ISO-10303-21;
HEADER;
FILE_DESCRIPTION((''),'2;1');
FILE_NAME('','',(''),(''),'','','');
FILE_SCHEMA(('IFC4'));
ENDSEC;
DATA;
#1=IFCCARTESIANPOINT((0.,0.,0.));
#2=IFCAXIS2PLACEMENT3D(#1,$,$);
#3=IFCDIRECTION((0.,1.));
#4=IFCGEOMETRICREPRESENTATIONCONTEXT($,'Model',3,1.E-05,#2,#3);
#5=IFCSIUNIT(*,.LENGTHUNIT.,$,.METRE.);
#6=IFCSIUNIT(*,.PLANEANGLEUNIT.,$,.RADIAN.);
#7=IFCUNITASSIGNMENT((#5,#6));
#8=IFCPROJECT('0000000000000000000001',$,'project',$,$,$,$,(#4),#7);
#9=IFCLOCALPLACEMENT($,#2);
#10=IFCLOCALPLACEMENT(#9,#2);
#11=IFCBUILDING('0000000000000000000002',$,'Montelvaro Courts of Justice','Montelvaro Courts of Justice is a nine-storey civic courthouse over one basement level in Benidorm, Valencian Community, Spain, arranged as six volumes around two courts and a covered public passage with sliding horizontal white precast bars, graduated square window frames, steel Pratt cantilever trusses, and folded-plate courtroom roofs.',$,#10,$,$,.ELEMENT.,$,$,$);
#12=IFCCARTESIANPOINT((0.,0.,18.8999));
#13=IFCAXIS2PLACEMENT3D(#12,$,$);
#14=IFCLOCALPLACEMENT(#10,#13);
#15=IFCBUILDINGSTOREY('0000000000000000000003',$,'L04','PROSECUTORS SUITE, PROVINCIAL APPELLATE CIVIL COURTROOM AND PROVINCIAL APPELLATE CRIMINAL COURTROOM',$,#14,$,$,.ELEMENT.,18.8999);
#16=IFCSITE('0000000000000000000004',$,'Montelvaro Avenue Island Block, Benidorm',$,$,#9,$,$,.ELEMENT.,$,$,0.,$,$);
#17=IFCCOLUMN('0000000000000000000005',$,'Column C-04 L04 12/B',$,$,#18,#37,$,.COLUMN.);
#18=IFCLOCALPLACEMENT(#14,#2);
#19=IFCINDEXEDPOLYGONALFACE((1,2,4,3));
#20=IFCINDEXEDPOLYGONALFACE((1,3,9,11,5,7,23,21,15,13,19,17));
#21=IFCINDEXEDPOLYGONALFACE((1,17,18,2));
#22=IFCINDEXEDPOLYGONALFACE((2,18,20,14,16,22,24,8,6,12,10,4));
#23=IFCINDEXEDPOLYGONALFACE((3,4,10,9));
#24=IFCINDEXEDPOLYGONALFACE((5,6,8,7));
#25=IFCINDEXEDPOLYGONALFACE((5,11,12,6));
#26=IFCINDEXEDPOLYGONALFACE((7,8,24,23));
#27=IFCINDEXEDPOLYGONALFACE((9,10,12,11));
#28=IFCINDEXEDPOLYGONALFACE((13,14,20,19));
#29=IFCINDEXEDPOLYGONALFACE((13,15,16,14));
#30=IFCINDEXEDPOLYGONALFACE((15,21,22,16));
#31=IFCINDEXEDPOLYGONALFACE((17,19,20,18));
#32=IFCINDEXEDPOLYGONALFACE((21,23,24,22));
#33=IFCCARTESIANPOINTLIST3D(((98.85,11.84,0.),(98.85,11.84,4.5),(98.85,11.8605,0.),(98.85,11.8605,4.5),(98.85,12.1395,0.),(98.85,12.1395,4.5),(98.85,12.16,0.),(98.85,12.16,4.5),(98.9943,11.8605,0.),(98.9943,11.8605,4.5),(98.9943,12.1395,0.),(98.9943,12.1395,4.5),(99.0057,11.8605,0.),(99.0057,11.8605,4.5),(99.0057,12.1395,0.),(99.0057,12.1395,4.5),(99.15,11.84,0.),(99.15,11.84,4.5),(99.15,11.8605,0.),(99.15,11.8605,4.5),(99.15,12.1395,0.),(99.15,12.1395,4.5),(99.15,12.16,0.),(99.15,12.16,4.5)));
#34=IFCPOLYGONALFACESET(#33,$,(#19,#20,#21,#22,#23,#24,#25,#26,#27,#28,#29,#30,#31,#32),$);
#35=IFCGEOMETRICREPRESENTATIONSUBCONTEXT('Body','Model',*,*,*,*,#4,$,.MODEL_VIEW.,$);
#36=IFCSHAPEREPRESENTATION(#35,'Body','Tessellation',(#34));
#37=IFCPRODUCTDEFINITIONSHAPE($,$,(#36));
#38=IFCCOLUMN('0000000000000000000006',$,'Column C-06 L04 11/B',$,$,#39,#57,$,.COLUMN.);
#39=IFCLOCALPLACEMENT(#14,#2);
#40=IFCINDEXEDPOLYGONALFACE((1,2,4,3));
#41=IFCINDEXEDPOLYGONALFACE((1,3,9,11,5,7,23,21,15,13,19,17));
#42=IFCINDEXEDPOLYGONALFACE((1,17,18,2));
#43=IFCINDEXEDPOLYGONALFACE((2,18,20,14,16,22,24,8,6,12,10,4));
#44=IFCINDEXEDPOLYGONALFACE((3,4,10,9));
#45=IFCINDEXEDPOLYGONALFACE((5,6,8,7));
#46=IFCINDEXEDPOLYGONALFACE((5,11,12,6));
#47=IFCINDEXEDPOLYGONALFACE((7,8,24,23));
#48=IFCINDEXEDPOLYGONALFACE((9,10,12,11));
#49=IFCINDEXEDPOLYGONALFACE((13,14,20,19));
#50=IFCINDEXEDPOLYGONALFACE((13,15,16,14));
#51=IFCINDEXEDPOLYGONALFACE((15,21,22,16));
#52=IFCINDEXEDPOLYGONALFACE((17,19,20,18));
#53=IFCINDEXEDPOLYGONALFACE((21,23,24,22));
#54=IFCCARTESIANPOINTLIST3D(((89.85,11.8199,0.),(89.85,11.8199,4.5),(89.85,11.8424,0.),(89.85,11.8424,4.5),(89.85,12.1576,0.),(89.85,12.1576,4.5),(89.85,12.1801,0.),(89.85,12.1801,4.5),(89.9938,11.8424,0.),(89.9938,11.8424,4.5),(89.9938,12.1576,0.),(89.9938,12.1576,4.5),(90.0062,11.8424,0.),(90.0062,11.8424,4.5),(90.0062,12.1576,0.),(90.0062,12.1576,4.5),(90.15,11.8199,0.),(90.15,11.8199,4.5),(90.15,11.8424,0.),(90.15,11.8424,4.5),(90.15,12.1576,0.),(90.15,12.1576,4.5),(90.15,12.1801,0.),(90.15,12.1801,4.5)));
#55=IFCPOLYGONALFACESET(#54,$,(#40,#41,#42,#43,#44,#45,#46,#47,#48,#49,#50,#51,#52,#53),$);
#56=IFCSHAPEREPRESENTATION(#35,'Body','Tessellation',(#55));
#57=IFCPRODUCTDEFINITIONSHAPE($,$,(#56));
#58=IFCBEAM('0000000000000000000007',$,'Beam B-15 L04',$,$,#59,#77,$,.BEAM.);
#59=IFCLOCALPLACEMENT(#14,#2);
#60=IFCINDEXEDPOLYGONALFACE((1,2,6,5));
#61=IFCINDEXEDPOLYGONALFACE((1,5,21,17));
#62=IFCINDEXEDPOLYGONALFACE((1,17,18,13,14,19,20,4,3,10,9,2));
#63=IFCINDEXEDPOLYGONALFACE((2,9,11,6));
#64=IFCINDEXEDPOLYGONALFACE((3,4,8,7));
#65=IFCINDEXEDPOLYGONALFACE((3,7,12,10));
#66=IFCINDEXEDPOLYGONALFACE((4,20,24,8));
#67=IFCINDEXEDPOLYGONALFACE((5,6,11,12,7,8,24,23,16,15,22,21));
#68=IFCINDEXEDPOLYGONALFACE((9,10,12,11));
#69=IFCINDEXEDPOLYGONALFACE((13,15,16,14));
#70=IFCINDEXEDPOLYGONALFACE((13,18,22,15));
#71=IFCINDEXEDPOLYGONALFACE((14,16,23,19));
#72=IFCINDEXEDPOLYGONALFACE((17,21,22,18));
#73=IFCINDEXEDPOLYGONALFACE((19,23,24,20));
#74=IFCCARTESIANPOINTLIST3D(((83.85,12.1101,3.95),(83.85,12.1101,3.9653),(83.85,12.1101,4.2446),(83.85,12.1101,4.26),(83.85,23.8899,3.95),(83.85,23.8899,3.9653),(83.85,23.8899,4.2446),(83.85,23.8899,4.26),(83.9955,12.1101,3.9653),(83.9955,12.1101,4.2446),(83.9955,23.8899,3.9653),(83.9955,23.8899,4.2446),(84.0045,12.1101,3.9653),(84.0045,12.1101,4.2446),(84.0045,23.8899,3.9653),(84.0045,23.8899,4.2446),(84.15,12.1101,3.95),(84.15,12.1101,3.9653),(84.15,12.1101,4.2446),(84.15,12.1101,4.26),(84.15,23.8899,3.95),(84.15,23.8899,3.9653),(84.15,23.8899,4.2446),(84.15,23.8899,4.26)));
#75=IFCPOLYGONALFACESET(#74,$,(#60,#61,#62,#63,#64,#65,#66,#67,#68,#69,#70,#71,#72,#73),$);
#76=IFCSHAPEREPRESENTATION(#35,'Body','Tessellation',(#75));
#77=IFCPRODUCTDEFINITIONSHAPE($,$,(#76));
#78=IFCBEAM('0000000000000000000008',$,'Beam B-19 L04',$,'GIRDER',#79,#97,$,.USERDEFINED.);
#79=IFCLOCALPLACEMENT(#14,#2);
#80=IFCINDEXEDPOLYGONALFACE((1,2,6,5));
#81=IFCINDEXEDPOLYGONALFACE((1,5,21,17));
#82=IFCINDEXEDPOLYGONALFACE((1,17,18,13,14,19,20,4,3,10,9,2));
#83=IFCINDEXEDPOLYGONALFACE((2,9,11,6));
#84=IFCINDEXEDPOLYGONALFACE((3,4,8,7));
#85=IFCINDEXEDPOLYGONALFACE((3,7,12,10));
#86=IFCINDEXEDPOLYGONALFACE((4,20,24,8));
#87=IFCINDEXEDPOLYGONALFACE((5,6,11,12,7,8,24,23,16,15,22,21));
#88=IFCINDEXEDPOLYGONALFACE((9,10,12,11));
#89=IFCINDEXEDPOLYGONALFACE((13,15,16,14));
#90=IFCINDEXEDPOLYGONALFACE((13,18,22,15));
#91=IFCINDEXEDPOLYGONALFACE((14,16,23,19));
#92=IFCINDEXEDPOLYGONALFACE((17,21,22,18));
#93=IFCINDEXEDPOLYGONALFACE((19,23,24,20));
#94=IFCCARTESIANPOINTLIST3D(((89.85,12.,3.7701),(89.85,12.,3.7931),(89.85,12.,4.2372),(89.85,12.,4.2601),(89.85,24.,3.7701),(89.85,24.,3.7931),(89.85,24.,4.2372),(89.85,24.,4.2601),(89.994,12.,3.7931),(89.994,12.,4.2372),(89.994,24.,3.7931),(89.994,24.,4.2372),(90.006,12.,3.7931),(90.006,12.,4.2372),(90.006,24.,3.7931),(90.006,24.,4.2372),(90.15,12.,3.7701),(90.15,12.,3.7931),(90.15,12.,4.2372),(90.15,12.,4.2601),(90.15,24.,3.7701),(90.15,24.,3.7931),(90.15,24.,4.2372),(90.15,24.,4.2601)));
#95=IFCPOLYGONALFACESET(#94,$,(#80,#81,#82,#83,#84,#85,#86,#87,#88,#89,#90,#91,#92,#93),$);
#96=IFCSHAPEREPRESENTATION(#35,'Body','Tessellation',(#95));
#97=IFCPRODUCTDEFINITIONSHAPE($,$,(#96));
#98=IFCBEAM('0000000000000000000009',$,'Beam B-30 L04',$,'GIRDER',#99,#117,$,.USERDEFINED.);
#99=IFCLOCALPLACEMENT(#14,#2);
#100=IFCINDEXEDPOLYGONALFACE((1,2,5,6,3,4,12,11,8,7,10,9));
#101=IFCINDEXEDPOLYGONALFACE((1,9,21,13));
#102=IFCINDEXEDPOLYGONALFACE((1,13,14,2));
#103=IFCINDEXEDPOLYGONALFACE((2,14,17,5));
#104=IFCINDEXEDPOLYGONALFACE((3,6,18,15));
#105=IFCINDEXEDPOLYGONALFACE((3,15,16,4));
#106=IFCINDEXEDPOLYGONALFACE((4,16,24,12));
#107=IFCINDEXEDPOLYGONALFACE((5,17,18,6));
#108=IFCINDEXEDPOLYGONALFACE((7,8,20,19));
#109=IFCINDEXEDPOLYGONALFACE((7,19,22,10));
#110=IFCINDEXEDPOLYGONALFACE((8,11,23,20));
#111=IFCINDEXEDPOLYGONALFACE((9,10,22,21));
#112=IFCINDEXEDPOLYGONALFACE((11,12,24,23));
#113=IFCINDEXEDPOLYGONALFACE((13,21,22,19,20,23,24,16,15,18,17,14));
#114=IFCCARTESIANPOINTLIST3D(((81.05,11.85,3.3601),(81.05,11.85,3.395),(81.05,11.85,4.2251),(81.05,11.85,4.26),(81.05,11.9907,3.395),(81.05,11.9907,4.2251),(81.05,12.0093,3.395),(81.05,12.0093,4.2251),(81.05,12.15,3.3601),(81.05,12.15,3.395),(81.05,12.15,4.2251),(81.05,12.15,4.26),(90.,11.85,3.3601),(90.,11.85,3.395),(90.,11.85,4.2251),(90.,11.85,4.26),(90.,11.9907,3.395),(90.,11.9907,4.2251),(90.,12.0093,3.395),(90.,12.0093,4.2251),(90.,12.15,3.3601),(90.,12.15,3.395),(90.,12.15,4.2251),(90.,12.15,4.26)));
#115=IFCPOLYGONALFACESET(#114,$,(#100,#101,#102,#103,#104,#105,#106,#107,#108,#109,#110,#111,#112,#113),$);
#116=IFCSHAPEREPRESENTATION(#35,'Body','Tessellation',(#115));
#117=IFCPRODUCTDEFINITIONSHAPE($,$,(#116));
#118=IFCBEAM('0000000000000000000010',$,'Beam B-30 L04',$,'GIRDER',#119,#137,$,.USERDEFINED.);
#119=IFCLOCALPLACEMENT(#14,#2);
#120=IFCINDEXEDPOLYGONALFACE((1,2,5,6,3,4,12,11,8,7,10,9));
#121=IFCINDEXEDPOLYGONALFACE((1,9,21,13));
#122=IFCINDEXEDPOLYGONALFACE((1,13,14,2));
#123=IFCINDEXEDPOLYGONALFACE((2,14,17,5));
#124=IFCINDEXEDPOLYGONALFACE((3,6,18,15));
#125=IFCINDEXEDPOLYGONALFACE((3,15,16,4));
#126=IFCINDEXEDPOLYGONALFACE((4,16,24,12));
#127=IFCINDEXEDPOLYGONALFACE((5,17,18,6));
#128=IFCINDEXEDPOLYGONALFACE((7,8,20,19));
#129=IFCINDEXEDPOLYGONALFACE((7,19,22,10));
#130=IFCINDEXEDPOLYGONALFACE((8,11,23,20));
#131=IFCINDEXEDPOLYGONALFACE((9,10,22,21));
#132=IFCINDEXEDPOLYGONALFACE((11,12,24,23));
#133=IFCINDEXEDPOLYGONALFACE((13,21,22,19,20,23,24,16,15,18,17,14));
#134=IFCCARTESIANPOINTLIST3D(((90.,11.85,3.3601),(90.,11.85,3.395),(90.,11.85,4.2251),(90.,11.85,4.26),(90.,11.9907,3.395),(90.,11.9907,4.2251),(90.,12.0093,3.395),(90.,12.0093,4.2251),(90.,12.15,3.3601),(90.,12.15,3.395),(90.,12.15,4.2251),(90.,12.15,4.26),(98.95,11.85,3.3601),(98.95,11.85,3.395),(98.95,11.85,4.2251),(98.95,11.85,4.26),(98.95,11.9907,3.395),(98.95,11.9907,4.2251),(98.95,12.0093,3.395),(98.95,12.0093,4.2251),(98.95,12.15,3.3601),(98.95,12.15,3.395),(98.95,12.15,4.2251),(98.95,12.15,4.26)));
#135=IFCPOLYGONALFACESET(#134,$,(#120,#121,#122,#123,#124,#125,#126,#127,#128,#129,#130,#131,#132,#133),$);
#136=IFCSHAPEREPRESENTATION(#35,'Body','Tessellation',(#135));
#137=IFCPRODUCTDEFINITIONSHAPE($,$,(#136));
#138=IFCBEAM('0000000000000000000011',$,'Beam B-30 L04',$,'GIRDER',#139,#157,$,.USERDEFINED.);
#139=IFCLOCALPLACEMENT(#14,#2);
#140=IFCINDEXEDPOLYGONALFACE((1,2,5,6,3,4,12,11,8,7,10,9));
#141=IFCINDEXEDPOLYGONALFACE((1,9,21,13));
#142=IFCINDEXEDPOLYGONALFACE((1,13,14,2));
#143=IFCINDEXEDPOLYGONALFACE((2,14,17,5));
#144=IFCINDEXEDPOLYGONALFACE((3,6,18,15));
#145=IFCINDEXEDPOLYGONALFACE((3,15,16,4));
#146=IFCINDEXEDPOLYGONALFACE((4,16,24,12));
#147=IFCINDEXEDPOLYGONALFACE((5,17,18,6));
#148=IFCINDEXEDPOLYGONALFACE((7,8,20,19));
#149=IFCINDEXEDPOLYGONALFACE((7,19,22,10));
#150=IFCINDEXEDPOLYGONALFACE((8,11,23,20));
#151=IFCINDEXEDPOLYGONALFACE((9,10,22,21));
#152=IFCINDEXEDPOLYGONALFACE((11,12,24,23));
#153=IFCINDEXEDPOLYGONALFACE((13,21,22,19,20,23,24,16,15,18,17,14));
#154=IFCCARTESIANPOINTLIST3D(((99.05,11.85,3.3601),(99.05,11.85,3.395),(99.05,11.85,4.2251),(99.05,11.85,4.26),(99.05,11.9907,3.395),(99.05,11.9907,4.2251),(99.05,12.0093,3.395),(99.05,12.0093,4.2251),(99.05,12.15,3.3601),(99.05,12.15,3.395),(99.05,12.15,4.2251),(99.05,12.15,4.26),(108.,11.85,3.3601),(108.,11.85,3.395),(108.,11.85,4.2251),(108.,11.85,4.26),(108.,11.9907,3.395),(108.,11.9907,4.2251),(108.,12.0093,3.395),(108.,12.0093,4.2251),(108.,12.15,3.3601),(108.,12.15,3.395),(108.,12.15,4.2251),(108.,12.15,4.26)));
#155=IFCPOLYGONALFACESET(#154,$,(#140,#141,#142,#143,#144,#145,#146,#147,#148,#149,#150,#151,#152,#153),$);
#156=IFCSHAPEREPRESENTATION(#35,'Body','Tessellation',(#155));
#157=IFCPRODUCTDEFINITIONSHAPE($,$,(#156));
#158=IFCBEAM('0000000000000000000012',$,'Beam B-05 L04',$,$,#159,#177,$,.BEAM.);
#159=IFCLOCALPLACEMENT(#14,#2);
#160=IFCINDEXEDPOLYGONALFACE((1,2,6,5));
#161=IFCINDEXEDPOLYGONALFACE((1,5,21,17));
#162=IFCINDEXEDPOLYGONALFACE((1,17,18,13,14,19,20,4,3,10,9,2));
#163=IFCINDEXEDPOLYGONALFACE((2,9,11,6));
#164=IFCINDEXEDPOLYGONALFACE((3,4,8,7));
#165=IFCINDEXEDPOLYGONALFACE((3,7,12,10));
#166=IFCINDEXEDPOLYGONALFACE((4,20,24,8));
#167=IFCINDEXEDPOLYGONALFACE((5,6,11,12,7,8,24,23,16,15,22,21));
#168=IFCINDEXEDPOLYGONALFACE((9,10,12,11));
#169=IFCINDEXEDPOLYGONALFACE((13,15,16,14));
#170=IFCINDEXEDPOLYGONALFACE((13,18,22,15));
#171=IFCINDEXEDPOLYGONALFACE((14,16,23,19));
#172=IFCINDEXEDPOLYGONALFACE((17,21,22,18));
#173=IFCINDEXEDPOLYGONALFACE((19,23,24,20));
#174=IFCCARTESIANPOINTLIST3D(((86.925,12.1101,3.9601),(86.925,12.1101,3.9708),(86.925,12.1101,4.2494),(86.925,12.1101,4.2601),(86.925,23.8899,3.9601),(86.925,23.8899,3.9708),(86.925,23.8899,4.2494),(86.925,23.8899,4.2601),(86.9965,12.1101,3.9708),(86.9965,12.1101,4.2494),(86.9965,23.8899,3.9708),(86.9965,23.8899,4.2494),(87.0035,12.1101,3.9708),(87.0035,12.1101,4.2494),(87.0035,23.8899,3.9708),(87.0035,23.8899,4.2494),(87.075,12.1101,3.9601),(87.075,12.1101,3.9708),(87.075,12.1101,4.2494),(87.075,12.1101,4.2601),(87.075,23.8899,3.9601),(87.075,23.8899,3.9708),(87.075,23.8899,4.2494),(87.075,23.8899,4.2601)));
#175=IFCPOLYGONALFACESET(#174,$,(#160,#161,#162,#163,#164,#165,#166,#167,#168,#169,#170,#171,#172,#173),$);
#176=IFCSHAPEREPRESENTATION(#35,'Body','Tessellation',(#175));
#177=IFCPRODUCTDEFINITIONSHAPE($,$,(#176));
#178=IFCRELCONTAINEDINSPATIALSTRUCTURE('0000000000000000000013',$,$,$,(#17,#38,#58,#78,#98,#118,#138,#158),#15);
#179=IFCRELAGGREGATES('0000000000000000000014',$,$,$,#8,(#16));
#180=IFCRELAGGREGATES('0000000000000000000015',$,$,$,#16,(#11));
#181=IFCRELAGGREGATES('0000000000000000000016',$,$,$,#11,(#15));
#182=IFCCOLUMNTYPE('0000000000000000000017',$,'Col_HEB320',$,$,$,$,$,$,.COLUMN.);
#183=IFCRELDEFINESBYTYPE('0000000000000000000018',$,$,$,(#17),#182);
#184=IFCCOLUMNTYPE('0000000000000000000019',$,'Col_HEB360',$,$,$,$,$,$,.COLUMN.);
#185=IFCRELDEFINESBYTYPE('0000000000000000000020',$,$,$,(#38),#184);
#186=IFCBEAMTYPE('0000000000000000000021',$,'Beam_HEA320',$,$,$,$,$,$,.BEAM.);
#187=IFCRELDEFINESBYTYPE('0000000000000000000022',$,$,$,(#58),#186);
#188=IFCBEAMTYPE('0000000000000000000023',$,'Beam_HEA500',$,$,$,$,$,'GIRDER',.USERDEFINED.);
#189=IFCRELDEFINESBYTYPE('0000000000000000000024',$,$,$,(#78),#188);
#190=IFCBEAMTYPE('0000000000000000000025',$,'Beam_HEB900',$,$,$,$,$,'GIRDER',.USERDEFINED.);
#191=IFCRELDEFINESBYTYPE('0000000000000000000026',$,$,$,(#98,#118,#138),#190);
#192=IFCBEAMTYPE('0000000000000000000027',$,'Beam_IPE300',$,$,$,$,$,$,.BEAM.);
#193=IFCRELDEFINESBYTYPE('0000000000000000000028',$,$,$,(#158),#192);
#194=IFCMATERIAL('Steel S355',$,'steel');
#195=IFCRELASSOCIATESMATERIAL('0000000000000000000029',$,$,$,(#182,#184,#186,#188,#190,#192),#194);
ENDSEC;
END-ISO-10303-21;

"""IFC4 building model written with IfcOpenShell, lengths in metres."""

from ifc_helpers import new_model, si_unit, direction, frame, origin, origin_2d, place, context, subcontext, project, spatial, i_section, extrude, material, material_profile, profile_set, type_object, element, save


model = new_model("IFC4")

# Units and contexts
model_context = context("Model", 3, precision=1e-05, world=origin(), true_north=direction((0.0, 1.0)))
body_context = subcontext(model_context, "Body", "Model", "MODEL_VIEW")
ifc_project = project(units=[si_unit("LENGTHUNIT", "METRE"), si_unit("PLANEANGLEUNIT", "RADIAN")], contexts=[model_context])

# Site, building, storey
site_placement = place(None, origin())
site = spatial("IfcSite", under=ifc_project, at=site_placement, Name="Montelvaro Avenue Island Block, Benidorm", CompositionType="ELEMENT", RefElevation=0.0)
building_placement = place(site_placement, origin())
building = spatial("IfcBuilding", under=site, at=building_placement, Name="Montelvaro Courts of Justice", Description="Montelvaro Courts of Justice is a nine-storey civic courthouse over one basement level in Benidorm, Valencian Community, Spain, arranged as six volumes around two courts and a covered public passage with sliding horizontal white precast bars, graduated square window frames, steel Pratt cantilever trusses, and folded-plate courtroom roofs.", CompositionType="ELEMENT")
storey_placement = place(building_placement, frame((0.0, 0.0, 18.8999)))
storey = spatial("IfcBuildingStorey", under=building, at=storey_placement, Name="L04", Description="PROSECUTORS SUITE, PROVINCIAL APPELLATE CIVIL COURTROOM AND PROVINCIAL APPELLATE CRIMINAL COURTROOM", CompositionType="ELEMENT", Elevation=18.8999)

# Columns
ifc_material_1 = material(Name="Steel S355", Category="steel")
ifc_material_profile_1 = material_profile(ifc_material_1, i_section(OverallWidth=0.3, OverallDepth=0.3201, WebThickness=0.0115, FlangeThickness=0.0205, at=origin_2d()), Name="HEB 320")
ifc_profile_set_1 = profile_set([ifc_material_profile_1], Name="Steel S355")
column_type_1 = type_object("IfcColumnType", Name="Col_HEB320", PredefinedType="COLUMN", material=ifc_profile_set_1)
column_1_placement = place(storey_placement, frame((99.0, 12.0, 0.0), z_axis=(0.0, 0.0, 1.0), x_axis=(1.0, 0.0, 0.0)))
element("IfcColumn", 1, at=column_1_placement, inside=storey, type_object=column_type_1, Name="Column C-04 L04 12/B", PredefinedType="COLUMN", context=body_context, shape_type="SweptSolid", body=[
    extrude(i_section(OverallWidth=0.3, OverallDepth=0.3201, WebThickness=0.0115, FlangeThickness=0.0205, at=origin_2d()), origin(), (0.0, 0.0, 1.0), 4.5),
])
ifc_material_profile_2 = material_profile(ifc_material_1, i_section(OverallWidth=0.3, OverallDepth=0.3601, WebThickness=0.0125, FlangeThickness=0.0225, at=origin_2d()), Name="HEB 360")
ifc_profile_set_2 = profile_set([ifc_material_profile_2], Name="Steel S355")
column_type_2 = type_object("IfcColumnType", Name="Col_HEB360", PredefinedType="COLUMN", material=ifc_profile_set_2)
column_2_placement = place(storey_placement, frame((90.0, 12.0, 0.0), z_axis=(0.0, 0.0, 1.0), x_axis=(1.0, 0.0, 0.0)))
element("IfcColumn", 2, at=column_2_placement, inside=storey, type_object=column_type_2, Name="Column C-06 L04 11/B", PredefinedType="COLUMN", context=body_context, shape_type="SweptSolid", body=[
    extrude(i_section(OverallWidth=0.3, OverallDepth=0.3601, WebThickness=0.0125, FlangeThickness=0.0225, at=origin_2d()), origin(), (0.0, 0.0, 1.0), 4.5),
])

# Beams
ifc_material_profile_3 = material_profile(ifc_material_1, i_section(OverallWidth=0.3, OverallDepth=0.3101, WebThickness=0.009, FlangeThickness=0.0154, at=origin_2d()), Name="HEA 320")
ifc_profile_set_3 = profile_set([ifc_material_profile_3], Name="Steel S355")
beam_type_1 = type_object("IfcBeamType", Name="Beam_HEA320", PredefinedType="BEAM", material=ifc_profile_set_3)
beam_1_placement = place(storey_placement, frame((84.0, 12.1101, 4.105), z_axis=(0.0, 1.0, 0.0), x_axis=(-1.0, 0.0, 0.0)))
element("IfcBeam", 3, at=beam_1_placement, inside=storey, type_object=beam_type_1, Name="Beam B-15 L04", PredefinedType="BEAM", context=body_context, shape_type="SweptSolid", body=[
    extrude(i_section(OverallWidth=0.3, OverallDepth=0.3101, WebThickness=0.009, FlangeThickness=0.0154, at=origin_2d()), origin(), (0.0, 0.0, 1.0), 11.7798),
])
ifc_material_profile_4 = material_profile(ifc_material_1, i_section(OverallWidth=0.3, OverallDepth=0.49, WebThickness=0.012, FlangeThickness=0.0229, at=origin_2d()), Name="HEA 500")
ifc_profile_set_4 = profile_set([ifc_material_profile_4], Name="Steel S355")
beam_type_2 = type_object("IfcBeamType", Name="Beam_HEA500", ElementType="GIRDER", PredefinedType="USERDEFINED", material=ifc_profile_set_4)
beam_2_placement = place(storey_placement, frame((90.0, 12.0, 4.0151), z_axis=(0.0, 1.0, 0.0), x_axis=(-1.0, 0.0, 0.0)))
element("IfcBeam", 4, at=beam_2_placement, inside=storey, type_object=beam_type_2, Name="Beam B-19 L04", ObjectType="GIRDER", PredefinedType="USERDEFINED", context=body_context, shape_type="SweptSolid", body=[
    extrude(i_section(OverallWidth=0.3, OverallDepth=0.49, WebThickness=0.012, FlangeThickness=0.0229, at=origin_2d()), origin(), (0.0, 0.0, 1.0), 12.0),
])
ifc_material_profile_5 = material_profile(ifc_material_1, i_section(OverallWidth=0.3, OverallDepth=0.8999, WebThickness=0.0186, FlangeThickness=0.0349, at=origin_2d()), Name="HEB 900")
ifc_profile_set_5 = profile_set([ifc_material_profile_5], Name="Steel S355")
beam_type_3 = type_object("IfcBeamType", Name="Beam_HEB900", ElementType="GIRDER", PredefinedType="USERDEFINED", material=ifc_profile_set_5)
for number, where, z_axis, x_axis, name in (
    (5, (81.05, 12.0, 3.8101), (1.0, 0.0, 0.0), (0.0, 1.0, 0.0), "Beam B-30 L04"),
    (6, (90.0, 12.0, 3.8101), (1.0, 0.0, 0.0), (0.0, 1.0, 0.0), "Beam B-30 L04"),
    (7, (99.05, 12.0, 3.8101), (1.0, 0.0, 0.0), (0.0, 1.0, 0.0), "Beam B-30 L04"),
):
    element("IfcBeam", number, at=place(storey_placement, frame(where, z_axis=z_axis, x_axis=x_axis)), inside=storey, type_object=beam_type_3, Name=name, ObjectType="GIRDER", PredefinedType="USERDEFINED", context=body_context, shape_type="SweptSolid", body=[
        extrude(i_section(OverallWidth=0.3, OverallDepth=0.8999, WebThickness=0.0186, FlangeThickness=0.0349, at=origin_2d()), origin(), (0.0, 0.0, 1.0), 8.95),
    ])
ifc_material_profile_6 = material_profile(ifc_material_1, i_section(OverallWidth=0.1499, OverallDepth=0.3, WebThickness=0.0071, FlangeThickness=0.0107, at=origin_2d()), Name="IPE 300")
ifc_profile_set_6 = profile_set([ifc_material_profile_6], Name="Steel S355")
beam_type_4 = type_object("IfcBeamType", Name="Beam_IPE300", PredefinedType="BEAM", material=ifc_profile_set_6)
beam_3_placement = place(storey_placement, frame((87.0, 12.1101, 4.1101), z_axis=(0.0, 1.0, 0.0), x_axis=(-1.0, 0.0, 0.0)))
element("IfcBeam", 8, at=beam_3_placement, inside=storey, type_object=beam_type_4, Name="Beam B-05 L04", PredefinedType="BEAM", context=body_context, shape_type="SweptSolid", body=[
    extrude(i_section(OverallWidth=0.1499, OverallDepth=0.3, WebThickness=0.0071, FlangeThickness=0.0107, at=origin_2d()), origin(), (0.0, 0.0, 1.0), 11.7798),
])

save(model, "model.ifc")
